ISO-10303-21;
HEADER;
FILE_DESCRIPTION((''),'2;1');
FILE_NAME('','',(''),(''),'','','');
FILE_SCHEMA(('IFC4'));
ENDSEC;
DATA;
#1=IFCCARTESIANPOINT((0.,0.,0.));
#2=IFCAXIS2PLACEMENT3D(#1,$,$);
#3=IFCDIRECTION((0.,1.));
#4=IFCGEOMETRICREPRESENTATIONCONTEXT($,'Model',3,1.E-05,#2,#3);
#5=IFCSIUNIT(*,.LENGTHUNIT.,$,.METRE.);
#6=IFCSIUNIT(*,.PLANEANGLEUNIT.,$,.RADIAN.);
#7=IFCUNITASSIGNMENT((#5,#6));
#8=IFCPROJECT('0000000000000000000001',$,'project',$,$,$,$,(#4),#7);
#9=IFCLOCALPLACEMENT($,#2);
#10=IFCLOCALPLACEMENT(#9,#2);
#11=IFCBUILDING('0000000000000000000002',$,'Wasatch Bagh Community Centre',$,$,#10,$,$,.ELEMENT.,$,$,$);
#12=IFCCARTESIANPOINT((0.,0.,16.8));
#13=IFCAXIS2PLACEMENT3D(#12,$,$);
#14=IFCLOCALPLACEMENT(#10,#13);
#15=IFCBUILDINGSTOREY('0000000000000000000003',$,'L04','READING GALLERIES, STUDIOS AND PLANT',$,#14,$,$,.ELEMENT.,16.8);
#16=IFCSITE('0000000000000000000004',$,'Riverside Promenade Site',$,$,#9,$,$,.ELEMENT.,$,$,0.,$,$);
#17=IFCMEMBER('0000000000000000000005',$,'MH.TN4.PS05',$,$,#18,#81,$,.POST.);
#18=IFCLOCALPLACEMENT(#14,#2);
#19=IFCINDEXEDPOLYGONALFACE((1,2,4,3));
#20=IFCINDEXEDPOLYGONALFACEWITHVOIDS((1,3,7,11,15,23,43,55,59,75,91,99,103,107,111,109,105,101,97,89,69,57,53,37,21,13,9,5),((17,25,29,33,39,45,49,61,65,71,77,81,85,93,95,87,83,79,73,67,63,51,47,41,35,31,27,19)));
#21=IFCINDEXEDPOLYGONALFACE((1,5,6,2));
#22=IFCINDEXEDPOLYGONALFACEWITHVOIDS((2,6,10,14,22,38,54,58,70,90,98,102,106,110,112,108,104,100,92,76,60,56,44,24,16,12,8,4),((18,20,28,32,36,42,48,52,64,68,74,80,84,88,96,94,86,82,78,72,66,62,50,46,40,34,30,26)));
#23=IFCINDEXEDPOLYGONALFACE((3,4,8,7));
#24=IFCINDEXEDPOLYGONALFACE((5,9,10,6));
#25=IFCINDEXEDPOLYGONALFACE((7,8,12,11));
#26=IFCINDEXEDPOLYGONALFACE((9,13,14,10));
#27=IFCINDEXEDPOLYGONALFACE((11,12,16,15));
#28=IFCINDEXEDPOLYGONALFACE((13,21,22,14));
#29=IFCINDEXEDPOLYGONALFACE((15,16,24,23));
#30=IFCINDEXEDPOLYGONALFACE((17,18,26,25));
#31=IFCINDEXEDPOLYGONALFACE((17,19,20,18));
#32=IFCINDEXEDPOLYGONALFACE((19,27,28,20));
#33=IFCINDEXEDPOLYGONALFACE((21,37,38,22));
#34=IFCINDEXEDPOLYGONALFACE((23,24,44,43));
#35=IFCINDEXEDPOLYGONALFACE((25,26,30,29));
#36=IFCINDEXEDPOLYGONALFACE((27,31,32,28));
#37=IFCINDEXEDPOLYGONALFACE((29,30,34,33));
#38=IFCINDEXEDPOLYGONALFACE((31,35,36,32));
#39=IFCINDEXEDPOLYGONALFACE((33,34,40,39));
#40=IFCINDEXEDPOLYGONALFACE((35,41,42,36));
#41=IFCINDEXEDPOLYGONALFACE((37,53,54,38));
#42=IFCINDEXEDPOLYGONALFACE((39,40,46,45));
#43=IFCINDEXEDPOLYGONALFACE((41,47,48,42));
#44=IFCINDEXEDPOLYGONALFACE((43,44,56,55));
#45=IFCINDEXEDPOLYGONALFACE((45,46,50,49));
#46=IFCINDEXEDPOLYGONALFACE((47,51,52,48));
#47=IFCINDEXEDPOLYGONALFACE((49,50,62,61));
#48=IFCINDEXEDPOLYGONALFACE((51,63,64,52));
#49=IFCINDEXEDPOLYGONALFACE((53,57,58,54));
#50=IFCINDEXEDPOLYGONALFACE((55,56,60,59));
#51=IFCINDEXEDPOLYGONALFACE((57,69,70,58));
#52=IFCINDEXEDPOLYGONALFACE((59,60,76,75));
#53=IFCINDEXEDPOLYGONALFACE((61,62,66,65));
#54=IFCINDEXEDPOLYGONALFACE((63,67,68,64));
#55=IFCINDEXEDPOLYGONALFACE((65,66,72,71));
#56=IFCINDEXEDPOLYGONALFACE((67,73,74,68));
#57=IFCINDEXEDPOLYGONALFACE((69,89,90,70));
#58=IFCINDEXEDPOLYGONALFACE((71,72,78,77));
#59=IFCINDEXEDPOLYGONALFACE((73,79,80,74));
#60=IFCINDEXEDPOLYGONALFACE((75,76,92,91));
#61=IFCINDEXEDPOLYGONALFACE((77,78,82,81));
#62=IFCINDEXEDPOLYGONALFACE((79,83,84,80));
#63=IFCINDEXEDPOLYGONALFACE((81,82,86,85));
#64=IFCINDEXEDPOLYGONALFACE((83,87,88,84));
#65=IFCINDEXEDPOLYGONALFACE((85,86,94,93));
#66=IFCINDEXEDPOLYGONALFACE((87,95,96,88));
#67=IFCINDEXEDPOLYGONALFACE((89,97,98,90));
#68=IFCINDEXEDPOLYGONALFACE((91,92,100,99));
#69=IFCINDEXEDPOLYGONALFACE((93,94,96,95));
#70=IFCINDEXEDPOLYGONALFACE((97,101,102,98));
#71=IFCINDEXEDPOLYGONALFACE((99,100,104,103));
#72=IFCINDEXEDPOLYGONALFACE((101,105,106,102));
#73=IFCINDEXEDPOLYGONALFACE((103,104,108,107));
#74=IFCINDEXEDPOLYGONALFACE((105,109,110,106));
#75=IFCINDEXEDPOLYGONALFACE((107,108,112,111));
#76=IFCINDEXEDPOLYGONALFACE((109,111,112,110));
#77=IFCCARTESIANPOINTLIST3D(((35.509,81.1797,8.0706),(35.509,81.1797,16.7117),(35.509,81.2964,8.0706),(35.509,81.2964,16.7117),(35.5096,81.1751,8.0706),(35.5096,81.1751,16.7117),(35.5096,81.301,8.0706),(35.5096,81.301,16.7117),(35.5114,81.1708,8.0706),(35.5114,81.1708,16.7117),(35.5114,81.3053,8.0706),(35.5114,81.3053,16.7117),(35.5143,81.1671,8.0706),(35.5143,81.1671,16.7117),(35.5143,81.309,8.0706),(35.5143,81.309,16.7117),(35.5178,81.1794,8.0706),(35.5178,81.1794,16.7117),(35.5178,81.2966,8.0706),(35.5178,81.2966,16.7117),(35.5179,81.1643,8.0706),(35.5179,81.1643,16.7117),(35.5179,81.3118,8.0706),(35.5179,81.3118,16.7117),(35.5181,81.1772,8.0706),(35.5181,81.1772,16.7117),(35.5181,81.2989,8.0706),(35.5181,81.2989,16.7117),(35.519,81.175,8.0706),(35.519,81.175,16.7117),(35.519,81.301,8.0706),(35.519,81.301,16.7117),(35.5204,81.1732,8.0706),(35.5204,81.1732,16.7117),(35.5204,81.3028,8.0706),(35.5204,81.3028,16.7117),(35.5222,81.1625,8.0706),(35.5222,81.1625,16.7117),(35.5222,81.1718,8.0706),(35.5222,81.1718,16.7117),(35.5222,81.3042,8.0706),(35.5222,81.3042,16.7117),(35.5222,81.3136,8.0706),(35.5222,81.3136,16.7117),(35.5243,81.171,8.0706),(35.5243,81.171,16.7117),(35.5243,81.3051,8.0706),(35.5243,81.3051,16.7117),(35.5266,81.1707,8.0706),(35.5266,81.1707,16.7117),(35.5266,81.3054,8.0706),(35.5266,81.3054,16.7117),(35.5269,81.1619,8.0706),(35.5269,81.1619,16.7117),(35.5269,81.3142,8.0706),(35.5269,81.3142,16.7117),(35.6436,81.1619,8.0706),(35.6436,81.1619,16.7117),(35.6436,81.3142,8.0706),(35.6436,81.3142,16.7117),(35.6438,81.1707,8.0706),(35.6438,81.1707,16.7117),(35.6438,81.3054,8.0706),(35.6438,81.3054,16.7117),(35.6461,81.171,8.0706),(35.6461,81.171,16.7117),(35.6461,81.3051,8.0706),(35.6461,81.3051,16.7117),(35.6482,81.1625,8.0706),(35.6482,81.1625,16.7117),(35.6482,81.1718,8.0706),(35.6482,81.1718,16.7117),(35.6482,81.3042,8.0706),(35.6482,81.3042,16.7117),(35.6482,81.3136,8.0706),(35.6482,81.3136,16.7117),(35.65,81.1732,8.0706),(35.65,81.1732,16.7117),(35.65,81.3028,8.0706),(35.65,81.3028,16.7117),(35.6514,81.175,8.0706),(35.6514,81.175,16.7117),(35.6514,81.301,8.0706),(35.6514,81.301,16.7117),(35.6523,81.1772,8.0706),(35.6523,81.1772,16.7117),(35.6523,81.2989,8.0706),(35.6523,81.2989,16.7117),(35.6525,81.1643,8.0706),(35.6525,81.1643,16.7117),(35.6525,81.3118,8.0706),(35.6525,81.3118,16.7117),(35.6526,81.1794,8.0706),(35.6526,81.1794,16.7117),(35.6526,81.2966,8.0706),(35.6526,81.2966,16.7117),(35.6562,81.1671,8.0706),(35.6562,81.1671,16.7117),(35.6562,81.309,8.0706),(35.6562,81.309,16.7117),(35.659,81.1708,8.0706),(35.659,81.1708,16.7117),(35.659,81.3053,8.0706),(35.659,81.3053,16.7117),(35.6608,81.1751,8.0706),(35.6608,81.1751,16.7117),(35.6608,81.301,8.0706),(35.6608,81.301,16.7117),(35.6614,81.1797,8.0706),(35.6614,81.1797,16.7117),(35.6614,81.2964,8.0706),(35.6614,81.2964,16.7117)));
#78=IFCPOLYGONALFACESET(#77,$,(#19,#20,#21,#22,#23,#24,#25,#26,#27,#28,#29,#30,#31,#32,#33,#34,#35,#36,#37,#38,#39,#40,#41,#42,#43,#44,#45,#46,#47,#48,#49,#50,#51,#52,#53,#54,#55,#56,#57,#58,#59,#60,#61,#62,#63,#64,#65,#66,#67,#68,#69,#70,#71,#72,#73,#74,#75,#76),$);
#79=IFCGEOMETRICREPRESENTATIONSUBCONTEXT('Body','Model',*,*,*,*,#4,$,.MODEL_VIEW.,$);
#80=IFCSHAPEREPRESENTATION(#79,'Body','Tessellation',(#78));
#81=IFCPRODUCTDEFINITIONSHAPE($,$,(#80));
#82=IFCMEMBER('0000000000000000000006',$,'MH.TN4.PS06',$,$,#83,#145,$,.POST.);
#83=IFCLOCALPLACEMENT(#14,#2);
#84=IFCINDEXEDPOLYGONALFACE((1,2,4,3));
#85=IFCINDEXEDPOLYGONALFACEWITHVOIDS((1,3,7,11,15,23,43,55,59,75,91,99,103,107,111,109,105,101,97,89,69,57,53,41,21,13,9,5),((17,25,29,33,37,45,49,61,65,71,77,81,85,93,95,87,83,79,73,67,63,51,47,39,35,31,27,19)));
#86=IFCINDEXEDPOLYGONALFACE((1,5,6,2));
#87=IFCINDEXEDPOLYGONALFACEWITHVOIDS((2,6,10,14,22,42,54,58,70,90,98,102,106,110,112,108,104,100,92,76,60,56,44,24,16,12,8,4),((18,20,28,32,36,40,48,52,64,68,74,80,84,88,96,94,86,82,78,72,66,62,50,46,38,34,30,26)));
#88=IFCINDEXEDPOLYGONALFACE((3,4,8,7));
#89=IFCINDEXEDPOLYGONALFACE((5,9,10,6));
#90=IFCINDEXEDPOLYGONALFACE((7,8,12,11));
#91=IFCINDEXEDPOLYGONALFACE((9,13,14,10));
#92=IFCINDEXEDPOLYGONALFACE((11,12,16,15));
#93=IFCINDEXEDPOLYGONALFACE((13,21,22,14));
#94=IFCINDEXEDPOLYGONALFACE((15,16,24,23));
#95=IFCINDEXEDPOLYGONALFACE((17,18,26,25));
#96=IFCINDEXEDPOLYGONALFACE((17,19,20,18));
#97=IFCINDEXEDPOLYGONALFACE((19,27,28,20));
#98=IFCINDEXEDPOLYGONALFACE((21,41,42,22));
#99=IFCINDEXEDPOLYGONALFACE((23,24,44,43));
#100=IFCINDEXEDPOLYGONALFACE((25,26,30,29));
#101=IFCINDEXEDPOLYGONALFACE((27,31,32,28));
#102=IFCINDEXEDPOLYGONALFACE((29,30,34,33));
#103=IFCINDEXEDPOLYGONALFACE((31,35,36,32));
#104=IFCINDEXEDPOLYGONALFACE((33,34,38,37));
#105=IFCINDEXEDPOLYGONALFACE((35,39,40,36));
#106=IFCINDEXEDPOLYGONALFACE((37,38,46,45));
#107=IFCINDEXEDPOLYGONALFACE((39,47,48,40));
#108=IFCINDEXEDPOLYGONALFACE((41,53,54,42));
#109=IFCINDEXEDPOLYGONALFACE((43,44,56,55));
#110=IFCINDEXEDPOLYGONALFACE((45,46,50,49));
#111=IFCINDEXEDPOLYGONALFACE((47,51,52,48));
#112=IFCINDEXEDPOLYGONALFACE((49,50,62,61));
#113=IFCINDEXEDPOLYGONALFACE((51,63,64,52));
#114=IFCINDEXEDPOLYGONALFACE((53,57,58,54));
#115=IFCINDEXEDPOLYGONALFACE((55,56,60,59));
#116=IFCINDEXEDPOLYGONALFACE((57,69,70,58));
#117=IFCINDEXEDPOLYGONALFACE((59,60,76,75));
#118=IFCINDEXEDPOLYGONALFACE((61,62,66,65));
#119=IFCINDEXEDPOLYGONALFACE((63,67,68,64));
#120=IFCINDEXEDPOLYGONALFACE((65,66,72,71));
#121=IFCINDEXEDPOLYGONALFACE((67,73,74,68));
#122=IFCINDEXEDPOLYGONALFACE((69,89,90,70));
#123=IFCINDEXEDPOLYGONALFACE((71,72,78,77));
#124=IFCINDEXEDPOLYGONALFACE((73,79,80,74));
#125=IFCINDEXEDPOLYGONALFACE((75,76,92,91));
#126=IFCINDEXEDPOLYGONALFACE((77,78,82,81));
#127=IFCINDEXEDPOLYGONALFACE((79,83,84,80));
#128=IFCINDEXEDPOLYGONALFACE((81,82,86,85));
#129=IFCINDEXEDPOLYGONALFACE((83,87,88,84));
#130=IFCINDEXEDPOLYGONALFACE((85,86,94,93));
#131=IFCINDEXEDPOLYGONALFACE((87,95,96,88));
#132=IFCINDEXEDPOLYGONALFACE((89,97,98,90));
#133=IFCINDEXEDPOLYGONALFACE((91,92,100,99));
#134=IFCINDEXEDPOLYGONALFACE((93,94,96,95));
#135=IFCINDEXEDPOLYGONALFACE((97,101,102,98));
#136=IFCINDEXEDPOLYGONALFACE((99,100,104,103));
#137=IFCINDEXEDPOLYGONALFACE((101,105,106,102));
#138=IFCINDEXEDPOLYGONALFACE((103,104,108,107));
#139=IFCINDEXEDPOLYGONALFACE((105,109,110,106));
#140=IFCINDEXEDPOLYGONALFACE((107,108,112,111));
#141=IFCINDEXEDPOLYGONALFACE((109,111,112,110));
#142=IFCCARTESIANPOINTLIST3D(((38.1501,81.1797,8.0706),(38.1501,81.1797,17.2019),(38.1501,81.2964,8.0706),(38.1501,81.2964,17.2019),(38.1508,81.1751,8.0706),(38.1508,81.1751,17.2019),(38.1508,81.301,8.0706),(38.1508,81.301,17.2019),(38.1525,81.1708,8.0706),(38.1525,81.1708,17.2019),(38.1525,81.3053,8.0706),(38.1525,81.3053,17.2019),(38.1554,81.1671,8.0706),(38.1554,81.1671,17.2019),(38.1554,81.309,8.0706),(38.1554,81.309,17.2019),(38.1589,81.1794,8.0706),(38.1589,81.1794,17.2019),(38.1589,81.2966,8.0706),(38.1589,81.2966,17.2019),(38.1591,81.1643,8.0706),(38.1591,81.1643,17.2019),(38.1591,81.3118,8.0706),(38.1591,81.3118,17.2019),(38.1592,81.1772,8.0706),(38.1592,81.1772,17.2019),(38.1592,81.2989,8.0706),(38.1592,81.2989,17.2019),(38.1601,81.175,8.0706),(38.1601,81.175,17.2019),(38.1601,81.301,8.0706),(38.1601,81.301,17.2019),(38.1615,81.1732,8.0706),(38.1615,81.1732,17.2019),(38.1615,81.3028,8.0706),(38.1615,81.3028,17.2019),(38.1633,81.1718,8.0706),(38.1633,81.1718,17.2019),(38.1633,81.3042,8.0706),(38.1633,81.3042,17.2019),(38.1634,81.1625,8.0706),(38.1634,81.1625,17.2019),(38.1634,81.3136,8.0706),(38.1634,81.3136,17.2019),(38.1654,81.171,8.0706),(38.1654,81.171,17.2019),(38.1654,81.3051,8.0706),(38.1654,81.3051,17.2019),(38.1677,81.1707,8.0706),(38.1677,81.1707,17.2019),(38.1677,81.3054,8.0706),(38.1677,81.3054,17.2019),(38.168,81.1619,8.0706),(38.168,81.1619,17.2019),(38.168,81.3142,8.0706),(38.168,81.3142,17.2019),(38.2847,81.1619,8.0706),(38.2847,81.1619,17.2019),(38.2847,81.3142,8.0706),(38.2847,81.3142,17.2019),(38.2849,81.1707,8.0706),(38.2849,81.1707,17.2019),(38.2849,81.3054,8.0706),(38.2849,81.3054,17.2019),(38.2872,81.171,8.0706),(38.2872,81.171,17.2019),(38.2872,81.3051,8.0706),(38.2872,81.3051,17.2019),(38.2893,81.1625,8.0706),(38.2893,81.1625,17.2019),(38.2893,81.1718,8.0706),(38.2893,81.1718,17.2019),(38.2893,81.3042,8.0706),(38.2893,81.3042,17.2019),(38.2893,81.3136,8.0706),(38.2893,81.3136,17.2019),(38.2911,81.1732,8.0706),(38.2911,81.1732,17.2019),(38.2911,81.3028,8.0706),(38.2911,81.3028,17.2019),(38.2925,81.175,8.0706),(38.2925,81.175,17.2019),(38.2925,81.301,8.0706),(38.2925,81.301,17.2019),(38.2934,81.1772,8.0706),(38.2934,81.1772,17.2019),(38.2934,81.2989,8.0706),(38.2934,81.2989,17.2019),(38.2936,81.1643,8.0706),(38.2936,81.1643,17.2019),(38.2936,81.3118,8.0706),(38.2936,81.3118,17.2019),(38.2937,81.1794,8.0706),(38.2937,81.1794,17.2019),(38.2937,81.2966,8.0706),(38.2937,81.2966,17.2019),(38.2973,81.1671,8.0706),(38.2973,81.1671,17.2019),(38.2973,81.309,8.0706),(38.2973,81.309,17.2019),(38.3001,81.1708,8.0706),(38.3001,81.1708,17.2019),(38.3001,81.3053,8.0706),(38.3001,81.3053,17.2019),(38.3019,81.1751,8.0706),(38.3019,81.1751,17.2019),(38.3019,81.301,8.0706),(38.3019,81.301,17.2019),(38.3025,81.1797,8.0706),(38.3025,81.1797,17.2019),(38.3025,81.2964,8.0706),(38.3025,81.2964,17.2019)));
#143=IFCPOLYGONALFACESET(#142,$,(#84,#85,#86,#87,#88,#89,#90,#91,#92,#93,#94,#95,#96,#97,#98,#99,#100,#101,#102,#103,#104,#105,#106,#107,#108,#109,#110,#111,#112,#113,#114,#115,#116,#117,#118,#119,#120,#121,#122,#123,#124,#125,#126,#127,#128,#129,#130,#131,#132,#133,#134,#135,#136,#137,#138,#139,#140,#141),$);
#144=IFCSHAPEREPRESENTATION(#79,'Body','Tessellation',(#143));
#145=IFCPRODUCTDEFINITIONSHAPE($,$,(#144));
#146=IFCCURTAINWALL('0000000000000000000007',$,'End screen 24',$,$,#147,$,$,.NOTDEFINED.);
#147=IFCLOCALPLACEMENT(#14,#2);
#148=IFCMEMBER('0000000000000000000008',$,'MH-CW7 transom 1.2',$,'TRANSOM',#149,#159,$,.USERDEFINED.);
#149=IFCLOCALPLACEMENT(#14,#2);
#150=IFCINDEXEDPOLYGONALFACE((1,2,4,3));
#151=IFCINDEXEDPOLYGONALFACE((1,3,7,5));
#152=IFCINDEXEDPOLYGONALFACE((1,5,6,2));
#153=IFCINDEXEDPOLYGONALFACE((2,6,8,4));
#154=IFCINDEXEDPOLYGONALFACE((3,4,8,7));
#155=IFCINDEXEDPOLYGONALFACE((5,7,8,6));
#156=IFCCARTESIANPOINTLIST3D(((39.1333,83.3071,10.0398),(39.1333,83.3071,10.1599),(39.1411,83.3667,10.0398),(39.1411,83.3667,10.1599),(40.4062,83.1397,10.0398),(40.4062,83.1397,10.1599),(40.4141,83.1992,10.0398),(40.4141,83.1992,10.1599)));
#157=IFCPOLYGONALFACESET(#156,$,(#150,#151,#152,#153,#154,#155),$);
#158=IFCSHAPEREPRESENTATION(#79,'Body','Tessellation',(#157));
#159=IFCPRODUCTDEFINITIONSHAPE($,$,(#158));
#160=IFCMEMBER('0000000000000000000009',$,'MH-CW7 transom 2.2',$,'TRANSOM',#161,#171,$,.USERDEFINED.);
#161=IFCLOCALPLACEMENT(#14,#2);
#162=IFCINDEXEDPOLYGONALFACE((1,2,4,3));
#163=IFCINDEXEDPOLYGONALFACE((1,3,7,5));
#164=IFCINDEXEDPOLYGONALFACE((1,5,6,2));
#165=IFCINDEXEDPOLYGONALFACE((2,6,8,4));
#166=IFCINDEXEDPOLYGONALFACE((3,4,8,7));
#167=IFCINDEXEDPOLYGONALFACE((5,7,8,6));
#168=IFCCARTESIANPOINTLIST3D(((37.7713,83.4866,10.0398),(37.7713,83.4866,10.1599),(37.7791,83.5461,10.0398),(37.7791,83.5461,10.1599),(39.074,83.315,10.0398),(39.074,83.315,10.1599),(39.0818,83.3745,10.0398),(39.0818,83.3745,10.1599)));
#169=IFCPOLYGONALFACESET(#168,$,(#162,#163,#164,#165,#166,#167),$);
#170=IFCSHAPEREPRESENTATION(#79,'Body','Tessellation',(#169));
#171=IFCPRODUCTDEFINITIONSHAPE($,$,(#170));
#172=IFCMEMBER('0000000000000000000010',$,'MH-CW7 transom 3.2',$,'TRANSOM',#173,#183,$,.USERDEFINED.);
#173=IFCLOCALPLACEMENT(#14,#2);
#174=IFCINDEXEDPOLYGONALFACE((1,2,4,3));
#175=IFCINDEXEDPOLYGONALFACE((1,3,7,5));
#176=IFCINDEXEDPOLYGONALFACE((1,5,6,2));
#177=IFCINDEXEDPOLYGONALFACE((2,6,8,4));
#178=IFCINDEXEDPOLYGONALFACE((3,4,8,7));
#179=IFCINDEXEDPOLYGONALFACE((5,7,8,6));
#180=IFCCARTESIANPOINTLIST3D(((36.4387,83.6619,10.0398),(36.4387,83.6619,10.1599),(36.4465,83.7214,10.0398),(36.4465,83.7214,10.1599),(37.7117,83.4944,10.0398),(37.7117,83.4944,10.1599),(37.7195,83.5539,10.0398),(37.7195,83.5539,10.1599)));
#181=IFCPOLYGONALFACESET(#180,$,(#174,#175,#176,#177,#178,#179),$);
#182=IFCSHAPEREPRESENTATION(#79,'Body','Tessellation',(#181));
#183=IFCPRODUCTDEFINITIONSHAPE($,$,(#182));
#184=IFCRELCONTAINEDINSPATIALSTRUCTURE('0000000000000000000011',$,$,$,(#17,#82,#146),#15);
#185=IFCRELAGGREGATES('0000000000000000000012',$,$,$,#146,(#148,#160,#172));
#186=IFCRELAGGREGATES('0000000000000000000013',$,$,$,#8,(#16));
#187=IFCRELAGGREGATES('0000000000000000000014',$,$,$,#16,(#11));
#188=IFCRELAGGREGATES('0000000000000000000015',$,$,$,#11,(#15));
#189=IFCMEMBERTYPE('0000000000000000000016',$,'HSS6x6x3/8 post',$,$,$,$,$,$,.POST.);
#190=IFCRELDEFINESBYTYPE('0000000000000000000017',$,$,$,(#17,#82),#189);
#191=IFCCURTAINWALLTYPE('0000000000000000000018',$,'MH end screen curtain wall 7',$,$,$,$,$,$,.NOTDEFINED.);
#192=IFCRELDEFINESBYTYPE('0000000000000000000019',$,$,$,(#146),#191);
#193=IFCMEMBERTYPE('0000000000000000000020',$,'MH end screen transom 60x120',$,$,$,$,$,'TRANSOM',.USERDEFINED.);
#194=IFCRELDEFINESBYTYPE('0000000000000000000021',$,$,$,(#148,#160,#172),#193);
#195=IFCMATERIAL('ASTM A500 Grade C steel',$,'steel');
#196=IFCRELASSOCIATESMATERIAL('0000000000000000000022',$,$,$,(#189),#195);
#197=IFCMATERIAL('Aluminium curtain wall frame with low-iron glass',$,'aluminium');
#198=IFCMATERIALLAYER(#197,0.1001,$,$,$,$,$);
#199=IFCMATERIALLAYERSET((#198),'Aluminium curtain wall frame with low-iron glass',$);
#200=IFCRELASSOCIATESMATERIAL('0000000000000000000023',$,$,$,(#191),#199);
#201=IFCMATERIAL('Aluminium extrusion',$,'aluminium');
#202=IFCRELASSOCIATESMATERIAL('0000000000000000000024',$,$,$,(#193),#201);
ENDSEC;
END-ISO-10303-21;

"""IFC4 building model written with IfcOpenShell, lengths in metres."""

from ifc_helpers import new_model, si_unit, direction, frame, origin, origin_2d, place, context, subcontext, project, spatial, rectangle, hollow_rectangle, extrude, material, layer, layer_set, material_profile, profile_set, type_object, element, aggregate, save


model = new_model("IFC4")

# Units and contexts
model_context = context("Model", 3, precision=1e-05, world=origin(), true_north=direction((0.0, 1.0)))
body_context = subcontext(model_context, "Body", "Model", "MODEL_VIEW")
ifc_project = project(units=[si_unit("LENGTHUNIT", "METRE"), si_unit("PLANEANGLEUNIT", "RADIAN")], contexts=[model_context])

# Site, building, storey
site_placement = place(None, origin())
site = spatial("IfcSite", under=ifc_project, at=site_placement, Name="Riverside Promenade Site", CompositionType="ELEMENT", RefElevation=0.0)
building_placement = place(site_placement, origin())
building = spatial("IfcBuilding", under=site, at=building_placement, Name="Wasatch Bagh Community Centre", CompositionType="ELEMENT")
storey_placement = place(building_placement, frame((0.0, 0.0, 16.8)))
storey = spatial("IfcBuildingStorey", under=building, at=storey_placement, Name="L04", Description="READING GALLERIES, STUDIOS AND PLANT", CompositionType="ELEMENT", Elevation=16.8)

# Members
ifc_material_1 = material(Name="ASTM A500 Grade C steel", Category="steel")
ifc_material_profile_1 = material_profile(ifc_material_1, hollow_rectangle(XDim=0.1523, YDim=0.1523, WallThickness=0.0088, InnerFilletRadius=0.0088, OuterFilletRadius=0.0178, at=origin_2d()), Name="HSS6x6x3/8")
ifc_profile_set_1 = profile_set([ifc_material_profile_1], Name="ASTM A500 Grade C steel")
member_type_1 = type_object("IfcMemberType", Name="HSS6x6x3/8 post", PredefinedType="POST", material=ifc_profile_set_1)
member_1_placement = place(storey_placement, frame((35.5852, 81.238, 8.0706), z_axis=(0.0, 0.0, 1.0), x_axis=(1.0, 0.0, 0.0)))
element("IfcMember", 1, at=member_1_placement, inside=storey, type_object=member_type_1, Name="MH.TN4.PS05", PredefinedType="POST", context=body_context, shape_type="SweptSolid", body=[
    extrude(hollow_rectangle(XDim=0.1523, YDim=0.1523, WallThickness=0.0088, InnerFilletRadius=0.0088, OuterFilletRadius=0.0178, at=origin_2d()), origin(), (0.0, 0.0, 1.0), 8.6411),
])
member_2_placement = place(storey_placement, frame((38.2263, 81.238, 8.0706), z_axis=(0.0, 0.0, 1.0), x_axis=(1.0, 0.0, 0.0)))
element("IfcMember", 2, at=member_2_placement, inside=storey, type_object=member_type_1, Name="MH.TN4.PS06", PredefinedType="POST", context=body_context, shape_type="SweptSolid", body=[
    extrude(hollow_rectangle(XDim=0.1523, YDim=0.1523, WallThickness=0.0088, InnerFilletRadius=0.0088, OuterFilletRadius=0.0178, at=origin_2d()), origin(), (0.0, 0.0, 1.0), 9.1313),
])

# Curtain wall, members
ifc_material_2 = material(Name="Aluminium curtain wall frame with low-iron glass", Category="aluminium")
ifc_layer_1 = layer(ifc_material_2, 0.1001)
ifc_layer_set_1 = layer_set([ifc_layer_1], Name="Aluminium curtain wall frame with low-iron glass")
curtain_wall_type_1 = type_object("IfcCurtainWallType", Name="MH end screen curtain wall 7", PredefinedType="NOTDEFINED", material=ifc_layer_set_1)
curtain_wall_1_placement = place(storey_placement, origin())
curtain_wall_1 = element("IfcCurtainWall", 3, at=curtain_wall_1_placement, inside=storey, type_object=curtain_wall_type_1, Name="End screen 24", PredefinedType="NOTDEFINED")
ifc_material_3 = material(Name="Aluminium extrusion", Category="aluminium")
ifc_material_profile_2 = material_profile(ifc_material_3, rectangle(XDim=0.0601, YDim=0.1201, at=origin_2d()), Name="AL 60x120")
ifc_profile_set_2 = profile_set([ifc_material_profile_2], Name="Aluminium extrusion")
member_type_2 = type_object("IfcMemberType", Name="MH end screen transom 60x120", ElementType="TRANSOM", PredefinedType="USERDEFINED", material=ifc_profile_set_2)
member_3_placement = place(storey_placement, frame((40.4102, 83.1694, 10.0999), z_axis=(-0.991456, 0.130445, 0.0), x_axis=(-0.130445, -0.991456, 0.0)))
member_3 = element("IfcMember", 4, at=member_3_placement, type_object=member_type_2, Name="MH-CW7 transom 1.2", ObjectType="TRANSOM", PredefinedType="USERDEFINED", context=body_context, shape_type="SweptSolid", body=[
    extrude(rectangle(XDim=0.0601, YDim=0.1201, at=origin_2d()), origin(), (0.0, 0.0, 1.0), 1.2839),
])
member_4_placement = place(storey_placement, frame((39.0779, 83.3447, 10.0999), z_axis=(-0.991433, 0.130618, 0.0), x_axis=(-0.130618, -0.991433, 0.0)))
member_4 = element("IfcMember", 5, at=member_4_placement, type_object=member_type_2, Name="MH-CW7 transom 2.2", ObjectType="TRANSOM", PredefinedType="USERDEFINED", context=body_context, shape_type="SweptSolid", body=[
    extrude(rectangle(XDim=0.0601, YDim=0.1201, at=origin_2d()), origin(), (0.0, 0.0, 1.0), 1.314),
])
member_5_placement = place(storey_placement, frame((37.7156, 83.5242, 10.0999), z_axis=(-0.991456, 0.130445, 0.0), x_axis=(-0.130445, -0.991456, 0.0)))
member_5 = element("IfcMember", 6, at=member_5_placement, type_object=member_type_2, Name="MH-CW7 transom 3.2", ObjectType="TRANSOM", PredefinedType="USERDEFINED", context=body_context, shape_type="SweptSolid", body=[
    extrude(rectangle(XDim=0.0601, YDim=0.1201, at=origin_2d()), origin(), (0.0, 0.0, 1.0), 1.2839),
])

aggregate(curtain_wall_1, [member_3, member_4, member_5])

save(model, "model.ifc")
